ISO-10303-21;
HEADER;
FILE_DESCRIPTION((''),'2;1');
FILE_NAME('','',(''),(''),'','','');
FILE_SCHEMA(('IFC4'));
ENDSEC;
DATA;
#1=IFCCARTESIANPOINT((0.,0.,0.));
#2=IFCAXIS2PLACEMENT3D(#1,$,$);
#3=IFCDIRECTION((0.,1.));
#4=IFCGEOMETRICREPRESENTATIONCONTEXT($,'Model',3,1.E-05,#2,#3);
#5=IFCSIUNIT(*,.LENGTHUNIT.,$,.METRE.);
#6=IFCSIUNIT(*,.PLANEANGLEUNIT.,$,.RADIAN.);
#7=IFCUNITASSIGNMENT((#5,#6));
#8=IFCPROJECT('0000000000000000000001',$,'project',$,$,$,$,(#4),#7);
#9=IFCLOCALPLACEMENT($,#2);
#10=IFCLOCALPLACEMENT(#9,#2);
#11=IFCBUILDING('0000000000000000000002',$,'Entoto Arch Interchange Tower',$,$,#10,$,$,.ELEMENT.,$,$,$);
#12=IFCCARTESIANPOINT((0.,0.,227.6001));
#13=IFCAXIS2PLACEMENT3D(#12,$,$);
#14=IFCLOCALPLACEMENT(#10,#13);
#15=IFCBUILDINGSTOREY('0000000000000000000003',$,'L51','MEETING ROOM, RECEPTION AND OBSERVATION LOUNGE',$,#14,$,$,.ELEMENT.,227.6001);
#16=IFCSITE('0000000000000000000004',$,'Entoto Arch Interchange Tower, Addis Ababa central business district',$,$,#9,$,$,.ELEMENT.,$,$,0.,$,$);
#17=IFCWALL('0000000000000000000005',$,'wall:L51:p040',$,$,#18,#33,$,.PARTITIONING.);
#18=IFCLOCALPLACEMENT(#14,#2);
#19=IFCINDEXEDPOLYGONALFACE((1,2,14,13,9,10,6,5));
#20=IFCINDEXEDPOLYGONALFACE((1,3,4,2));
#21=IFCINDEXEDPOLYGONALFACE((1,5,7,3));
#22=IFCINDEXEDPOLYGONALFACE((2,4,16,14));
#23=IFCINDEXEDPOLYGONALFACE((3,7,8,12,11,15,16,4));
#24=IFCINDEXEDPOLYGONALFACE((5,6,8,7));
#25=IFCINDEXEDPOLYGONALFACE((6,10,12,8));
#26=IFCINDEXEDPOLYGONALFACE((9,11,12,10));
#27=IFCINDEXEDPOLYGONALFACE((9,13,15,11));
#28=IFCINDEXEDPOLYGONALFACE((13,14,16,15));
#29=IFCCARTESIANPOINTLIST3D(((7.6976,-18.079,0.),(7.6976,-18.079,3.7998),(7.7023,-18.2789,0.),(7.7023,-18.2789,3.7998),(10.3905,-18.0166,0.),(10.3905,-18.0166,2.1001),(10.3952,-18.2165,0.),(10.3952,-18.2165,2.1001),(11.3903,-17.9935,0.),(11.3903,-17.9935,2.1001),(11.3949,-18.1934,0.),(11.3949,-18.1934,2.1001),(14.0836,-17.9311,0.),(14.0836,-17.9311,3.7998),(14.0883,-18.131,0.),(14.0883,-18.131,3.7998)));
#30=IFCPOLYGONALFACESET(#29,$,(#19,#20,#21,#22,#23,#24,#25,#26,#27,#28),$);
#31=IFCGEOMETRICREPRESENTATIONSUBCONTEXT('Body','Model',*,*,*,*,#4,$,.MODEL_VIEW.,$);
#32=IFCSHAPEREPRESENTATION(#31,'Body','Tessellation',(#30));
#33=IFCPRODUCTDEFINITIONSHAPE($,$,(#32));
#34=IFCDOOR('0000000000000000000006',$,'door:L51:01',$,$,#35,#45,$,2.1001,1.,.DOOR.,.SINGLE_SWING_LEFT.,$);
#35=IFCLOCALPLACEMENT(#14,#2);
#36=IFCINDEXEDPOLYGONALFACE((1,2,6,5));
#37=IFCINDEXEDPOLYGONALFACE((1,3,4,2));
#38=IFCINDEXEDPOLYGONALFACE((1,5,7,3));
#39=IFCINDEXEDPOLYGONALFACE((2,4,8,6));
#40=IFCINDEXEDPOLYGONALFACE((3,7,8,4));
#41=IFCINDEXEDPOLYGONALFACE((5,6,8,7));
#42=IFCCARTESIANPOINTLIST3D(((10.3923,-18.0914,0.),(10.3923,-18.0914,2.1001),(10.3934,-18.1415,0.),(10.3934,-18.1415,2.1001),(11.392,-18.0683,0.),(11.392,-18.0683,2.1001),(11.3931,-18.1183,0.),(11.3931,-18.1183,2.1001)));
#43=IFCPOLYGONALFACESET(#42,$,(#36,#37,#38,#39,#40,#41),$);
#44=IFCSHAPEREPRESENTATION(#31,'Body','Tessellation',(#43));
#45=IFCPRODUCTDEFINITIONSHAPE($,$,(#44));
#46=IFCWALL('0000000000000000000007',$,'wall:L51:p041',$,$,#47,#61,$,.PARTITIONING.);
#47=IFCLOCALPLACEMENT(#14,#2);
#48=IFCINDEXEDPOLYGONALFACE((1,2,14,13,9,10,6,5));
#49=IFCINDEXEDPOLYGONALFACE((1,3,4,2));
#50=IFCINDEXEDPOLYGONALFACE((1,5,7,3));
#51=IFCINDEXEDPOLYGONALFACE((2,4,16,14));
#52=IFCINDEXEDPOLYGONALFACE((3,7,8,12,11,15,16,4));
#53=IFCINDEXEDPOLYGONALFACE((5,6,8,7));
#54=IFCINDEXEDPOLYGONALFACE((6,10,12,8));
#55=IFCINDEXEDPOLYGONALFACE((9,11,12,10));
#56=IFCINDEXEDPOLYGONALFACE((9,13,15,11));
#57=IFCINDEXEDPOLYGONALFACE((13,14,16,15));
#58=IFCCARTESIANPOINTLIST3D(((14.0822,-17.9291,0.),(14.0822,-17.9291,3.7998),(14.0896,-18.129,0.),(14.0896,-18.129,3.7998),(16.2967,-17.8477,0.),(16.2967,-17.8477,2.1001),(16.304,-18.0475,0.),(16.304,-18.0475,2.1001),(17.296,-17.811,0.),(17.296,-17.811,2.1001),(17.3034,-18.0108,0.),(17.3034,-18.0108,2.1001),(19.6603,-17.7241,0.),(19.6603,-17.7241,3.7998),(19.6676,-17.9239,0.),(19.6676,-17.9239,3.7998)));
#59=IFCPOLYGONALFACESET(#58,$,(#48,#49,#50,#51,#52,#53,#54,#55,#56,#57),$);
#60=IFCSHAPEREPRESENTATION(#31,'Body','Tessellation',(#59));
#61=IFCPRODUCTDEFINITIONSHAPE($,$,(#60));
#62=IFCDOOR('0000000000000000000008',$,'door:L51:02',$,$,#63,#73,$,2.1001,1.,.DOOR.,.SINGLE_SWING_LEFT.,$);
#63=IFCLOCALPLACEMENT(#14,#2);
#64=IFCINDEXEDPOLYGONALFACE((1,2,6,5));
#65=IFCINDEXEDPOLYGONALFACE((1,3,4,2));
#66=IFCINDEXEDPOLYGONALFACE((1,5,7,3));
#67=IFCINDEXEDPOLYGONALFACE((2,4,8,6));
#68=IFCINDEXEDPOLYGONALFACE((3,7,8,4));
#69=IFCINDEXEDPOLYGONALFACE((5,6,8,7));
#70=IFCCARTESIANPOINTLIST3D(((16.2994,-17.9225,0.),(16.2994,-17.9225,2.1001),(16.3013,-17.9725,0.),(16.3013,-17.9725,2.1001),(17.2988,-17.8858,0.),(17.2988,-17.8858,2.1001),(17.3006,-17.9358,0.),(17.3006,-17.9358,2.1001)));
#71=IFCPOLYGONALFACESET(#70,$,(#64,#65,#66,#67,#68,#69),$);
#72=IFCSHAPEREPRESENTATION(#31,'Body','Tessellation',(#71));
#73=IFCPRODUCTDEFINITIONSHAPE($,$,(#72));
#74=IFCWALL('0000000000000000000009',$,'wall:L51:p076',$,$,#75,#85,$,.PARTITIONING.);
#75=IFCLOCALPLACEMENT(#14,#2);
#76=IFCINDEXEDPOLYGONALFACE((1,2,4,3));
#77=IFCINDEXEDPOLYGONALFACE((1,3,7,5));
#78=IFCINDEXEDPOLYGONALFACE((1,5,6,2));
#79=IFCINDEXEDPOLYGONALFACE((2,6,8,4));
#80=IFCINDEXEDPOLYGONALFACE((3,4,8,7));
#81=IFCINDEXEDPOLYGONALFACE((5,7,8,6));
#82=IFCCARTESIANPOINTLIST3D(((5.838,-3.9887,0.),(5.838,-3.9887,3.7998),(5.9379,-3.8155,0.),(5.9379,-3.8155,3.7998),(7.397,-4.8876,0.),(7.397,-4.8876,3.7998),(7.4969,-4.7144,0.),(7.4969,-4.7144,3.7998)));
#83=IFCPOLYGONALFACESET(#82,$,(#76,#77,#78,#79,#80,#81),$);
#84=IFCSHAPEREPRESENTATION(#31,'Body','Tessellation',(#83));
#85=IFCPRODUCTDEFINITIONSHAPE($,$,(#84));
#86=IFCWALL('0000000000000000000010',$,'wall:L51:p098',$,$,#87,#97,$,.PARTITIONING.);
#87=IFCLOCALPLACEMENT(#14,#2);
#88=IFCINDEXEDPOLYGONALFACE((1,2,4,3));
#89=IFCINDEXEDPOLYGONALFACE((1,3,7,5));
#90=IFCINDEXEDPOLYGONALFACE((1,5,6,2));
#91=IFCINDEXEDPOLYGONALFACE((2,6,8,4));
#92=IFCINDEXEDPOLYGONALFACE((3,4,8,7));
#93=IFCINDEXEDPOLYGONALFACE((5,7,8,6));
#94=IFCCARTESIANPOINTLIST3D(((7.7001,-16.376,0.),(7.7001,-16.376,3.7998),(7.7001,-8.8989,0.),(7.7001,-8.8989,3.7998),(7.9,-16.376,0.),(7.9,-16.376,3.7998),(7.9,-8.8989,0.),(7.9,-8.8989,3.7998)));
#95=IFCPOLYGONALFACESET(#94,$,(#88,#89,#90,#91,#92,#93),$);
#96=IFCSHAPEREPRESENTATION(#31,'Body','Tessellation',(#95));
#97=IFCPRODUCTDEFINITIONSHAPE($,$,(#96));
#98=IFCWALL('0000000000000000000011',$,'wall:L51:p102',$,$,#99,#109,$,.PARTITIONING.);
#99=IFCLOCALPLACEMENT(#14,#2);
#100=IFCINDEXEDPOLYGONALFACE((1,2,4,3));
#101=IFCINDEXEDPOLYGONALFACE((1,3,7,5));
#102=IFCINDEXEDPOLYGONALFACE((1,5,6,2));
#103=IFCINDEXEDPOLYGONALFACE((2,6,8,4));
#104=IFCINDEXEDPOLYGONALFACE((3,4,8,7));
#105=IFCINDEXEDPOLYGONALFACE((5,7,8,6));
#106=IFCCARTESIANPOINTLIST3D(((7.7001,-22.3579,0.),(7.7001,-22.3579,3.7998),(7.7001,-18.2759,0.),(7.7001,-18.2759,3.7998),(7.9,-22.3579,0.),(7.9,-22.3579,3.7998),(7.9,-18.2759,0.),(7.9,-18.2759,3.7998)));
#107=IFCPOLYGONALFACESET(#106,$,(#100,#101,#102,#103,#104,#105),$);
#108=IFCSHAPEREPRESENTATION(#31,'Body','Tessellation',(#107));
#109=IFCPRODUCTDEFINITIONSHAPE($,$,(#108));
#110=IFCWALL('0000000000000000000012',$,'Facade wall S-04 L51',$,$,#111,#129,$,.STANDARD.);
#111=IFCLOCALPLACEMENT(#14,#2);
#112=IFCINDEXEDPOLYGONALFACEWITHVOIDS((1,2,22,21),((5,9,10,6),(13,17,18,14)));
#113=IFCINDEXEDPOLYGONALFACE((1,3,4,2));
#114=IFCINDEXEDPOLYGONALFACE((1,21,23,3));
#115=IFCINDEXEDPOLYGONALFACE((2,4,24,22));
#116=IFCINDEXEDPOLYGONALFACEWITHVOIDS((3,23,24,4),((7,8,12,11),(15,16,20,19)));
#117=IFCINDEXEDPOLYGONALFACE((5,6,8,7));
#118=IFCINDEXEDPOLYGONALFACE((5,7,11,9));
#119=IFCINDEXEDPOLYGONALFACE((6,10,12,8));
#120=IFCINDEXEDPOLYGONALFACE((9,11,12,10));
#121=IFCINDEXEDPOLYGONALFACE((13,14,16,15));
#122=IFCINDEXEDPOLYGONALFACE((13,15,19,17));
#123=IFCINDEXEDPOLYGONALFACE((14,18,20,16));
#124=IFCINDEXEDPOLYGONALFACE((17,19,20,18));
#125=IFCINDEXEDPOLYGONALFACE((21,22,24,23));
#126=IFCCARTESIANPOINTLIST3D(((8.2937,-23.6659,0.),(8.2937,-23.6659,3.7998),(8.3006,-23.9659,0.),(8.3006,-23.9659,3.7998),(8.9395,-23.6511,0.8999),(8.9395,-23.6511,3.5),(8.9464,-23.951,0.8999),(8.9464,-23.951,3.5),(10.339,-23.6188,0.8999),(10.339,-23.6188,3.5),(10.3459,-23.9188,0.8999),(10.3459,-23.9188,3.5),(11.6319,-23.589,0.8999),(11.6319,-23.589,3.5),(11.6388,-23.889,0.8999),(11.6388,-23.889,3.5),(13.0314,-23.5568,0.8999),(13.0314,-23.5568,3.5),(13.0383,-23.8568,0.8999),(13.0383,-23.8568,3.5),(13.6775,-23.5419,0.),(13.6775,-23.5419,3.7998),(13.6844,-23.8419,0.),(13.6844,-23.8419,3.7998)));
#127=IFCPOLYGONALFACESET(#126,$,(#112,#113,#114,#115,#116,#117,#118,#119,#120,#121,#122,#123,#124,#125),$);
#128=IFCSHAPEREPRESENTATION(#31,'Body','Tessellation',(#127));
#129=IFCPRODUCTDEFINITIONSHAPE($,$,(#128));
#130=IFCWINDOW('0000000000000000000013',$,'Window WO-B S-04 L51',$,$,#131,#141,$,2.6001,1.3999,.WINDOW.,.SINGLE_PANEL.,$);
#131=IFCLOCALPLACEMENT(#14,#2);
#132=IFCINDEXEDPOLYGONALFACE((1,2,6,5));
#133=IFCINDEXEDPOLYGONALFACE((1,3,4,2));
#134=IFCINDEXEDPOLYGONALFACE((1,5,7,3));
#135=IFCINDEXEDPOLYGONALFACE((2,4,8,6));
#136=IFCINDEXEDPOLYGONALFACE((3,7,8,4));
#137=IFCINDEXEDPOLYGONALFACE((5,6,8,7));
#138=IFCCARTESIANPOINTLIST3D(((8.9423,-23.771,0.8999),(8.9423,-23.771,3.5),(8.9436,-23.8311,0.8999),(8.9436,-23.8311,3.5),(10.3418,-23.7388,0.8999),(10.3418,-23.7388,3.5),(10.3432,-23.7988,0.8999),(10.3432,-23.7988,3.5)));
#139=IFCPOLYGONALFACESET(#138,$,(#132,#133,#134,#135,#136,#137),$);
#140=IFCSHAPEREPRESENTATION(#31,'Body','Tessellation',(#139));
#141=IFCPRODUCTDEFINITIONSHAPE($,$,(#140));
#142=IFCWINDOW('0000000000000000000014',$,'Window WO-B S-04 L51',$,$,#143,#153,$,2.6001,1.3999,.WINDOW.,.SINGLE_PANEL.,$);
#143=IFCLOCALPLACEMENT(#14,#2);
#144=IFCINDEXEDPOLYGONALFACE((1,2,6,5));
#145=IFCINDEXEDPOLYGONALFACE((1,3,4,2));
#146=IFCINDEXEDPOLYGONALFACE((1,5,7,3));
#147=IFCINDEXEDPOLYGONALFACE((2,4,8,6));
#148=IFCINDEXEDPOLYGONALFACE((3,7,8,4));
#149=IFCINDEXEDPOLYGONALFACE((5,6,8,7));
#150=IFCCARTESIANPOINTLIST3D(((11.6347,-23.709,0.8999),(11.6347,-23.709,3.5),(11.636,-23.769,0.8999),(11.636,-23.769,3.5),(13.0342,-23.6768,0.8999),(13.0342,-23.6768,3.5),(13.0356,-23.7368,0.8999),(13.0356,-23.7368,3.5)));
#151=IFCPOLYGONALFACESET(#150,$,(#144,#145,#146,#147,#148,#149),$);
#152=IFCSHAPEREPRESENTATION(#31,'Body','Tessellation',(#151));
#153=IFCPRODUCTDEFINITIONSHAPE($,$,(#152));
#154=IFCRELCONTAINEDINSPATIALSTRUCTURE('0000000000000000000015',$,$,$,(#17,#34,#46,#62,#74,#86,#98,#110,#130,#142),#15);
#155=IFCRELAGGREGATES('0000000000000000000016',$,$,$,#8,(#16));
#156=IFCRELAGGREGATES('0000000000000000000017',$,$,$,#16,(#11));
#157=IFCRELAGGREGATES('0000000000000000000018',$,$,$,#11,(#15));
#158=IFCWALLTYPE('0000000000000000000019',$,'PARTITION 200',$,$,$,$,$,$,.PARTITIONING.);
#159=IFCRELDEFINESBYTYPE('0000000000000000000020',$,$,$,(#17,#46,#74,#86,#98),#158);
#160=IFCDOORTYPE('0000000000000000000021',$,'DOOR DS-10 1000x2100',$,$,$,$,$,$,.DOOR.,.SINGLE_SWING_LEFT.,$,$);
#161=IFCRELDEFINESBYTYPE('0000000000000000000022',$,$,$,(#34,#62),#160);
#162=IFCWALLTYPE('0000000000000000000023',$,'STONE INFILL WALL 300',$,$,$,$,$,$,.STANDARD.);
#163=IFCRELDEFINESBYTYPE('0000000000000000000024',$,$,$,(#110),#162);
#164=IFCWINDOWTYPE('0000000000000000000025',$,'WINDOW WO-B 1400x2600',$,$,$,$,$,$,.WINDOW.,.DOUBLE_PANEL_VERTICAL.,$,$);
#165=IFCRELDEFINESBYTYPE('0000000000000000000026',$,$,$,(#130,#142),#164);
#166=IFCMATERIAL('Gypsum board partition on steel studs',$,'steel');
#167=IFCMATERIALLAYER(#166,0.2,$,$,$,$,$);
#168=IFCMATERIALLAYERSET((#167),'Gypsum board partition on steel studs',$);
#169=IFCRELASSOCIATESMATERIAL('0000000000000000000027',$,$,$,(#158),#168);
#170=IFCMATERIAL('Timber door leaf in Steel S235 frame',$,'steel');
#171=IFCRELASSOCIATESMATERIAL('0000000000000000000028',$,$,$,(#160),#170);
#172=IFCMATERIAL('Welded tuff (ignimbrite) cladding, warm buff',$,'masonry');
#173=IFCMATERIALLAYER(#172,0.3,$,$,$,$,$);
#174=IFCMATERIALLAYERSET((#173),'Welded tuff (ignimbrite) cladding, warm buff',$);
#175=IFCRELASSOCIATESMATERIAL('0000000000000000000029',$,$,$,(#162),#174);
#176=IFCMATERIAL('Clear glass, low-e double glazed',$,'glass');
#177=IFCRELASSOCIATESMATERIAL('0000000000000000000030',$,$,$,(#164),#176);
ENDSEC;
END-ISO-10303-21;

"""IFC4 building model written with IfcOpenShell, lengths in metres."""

from ifc_helpers import new_model, si_unit, direction, frame, frame_2d, origin, place, context, subcontext, project, spatial, rectangle, extrude, material, layer, layer_set, type_object, element, fill, save


model = new_model("IFC4")

# Units and contexts
model_context = context("Model", 3, precision=1e-05, world=origin(), true_north=direction((0.0, 1.0)))
body_context = subcontext(model_context, "Body", "Model", "MODEL_VIEW")
ifc_project = project(units=[si_unit("LENGTHUNIT", "METRE"), si_unit("PLANEANGLEUNIT", "RADIAN")], contexts=[model_context])

# Site, building, storey
site_placement = place(None, origin())
site = spatial("IfcSite", under=ifc_project, at=site_placement, Name="Entoto Arch Interchange Tower, Addis Ababa central business district", CompositionType="ELEMENT", RefElevation=0.0)
building_placement = place(site_placement, origin())
building = spatial("IfcBuilding", under=site, at=building_placement, Name="Entoto Arch Interchange Tower", CompositionType="ELEMENT")
storey_placement = place(building_placement, frame((0.0, 0.0, 227.6001)))
storey = spatial("IfcBuildingStorey", under=building, at=storey_placement, Name="L51", Description="MEETING ROOM, RECEPTION AND OBSERVATION LOUNGE", CompositionType="ELEMENT", Elevation=227.6001)

# Shared definitions
ifc_material_1 = material(Name="Gypsum board partition on steel studs", Category="steel")
ifc_layer_1 = layer(ifc_material_1, 0.2)
ifc_layer_set_1 = layer_set([ifc_layer_1], Name="Gypsum board partition on steel studs")
wall_type_1 = type_object("IfcWallType", Name="PARTITION 200", PredefinedType="PARTITIONING", material=ifc_layer_set_1)

# Walls, openings, doors
ifc_material_2 = material(Name="Timber door leaf in Steel S235 frame", Category="steel")
wall_1_placement = place(storey_placement, frame((14.0859, -18.031, 0.0), z_axis=(0.0, 0.0, 1.0), x_axis=(-0.999732, -0.023162, 0.0)))
wall_1 = element("IfcWall", 1, at=wall_1_placement, inside=storey, type_object=wall_type_1, Name="wall:L51:p040", PredefinedType="PARTITIONING", context=body_context, shape_type="SweptSolid", body=[
    extrude(rectangle(XDim=6.3877, YDim=0.2, at=frame_2d((3.1938, 0.0))), origin(), (0.0, 0.0, 1.0), 3.7998),
])
opening_1_placement = place(wall_1_placement, frame((2.6941, 0.0, 0.0)))
opening_1 = element("IfcOpeningElement", 2, at=opening_1_placement, cuts=wall_1, PredefinedType="OPENING", context=body_context, shape_type="SweptSolid", body=[
    extrude(rectangle(XDim=1.0, YDim=2.1001, at=frame_2d((0.5, 1.05))), frame((0.0, 0.1099, 0.0), z_axis=(0.0, -1.0, 0.0), x_axis=(1.0, 0.0, 0.0)), (0.0, 0.0, 1.0), 0.22),
])
door_type_1 = type_object("IfcDoorType", Name="DOOR DS-10 1000x2100", OperationType="SINGLE_SWING_LEFT", PredefinedType="DOOR", material=ifc_material_2)
door_1_placement = place(opening_1_placement, origin())
door_1 = element("IfcDoor", 3, at=door_1_placement, inside=storey, type_object=door_type_1, Name="door:L51:01", OperationType="SINGLE_SWING_LEFT", OverallHeight=2.1001, OverallWidth=1.0, PredefinedType="DOOR", context=body_context, shape_type="SweptSolid", body=[
    extrude(rectangle(XDim=1.0, YDim=2.1001, at=frame_2d((0.5, 1.05))), frame((0.0, 0.0249, 0.0), z_axis=(0.0, -1.0, 0.0), x_axis=(1.0, 0.0, 0.0)), (0.0, 0.0, 1.0), 0.05),
])
fill(opening_1, door_1)
wall_2_placement = place(storey_placement, frame((19.6641, -17.824, 0.0), z_axis=(0.0, 0.0, 1.0), x_axis=(-0.999325, -0.03674, 0.0)))
wall_2 = element("IfcWall", 4, at=wall_2_placement, inside=storey, type_object=wall_type_1, Name="wall:L51:p041", PredefinedType="PARTITIONING", context=body_context, shape_type="SweptSolid", body=[
    extrude(rectangle(XDim=5.5818, YDim=0.2, at=frame_2d((2.791, 0.0))), origin(), (0.0, 0.0, 1.0), 3.7998),
])
opening_2_placement = place(wall_2_placement, frame((2.366, 0.0, 0.0)))
opening_2 = element("IfcOpeningElement", 5, at=opening_2_placement, cuts=wall_2, PredefinedType="OPENING", context=body_context, shape_type="SweptSolid", body=[
    extrude(rectangle(XDim=1.0, YDim=2.1001, at=frame_2d((0.5, 1.05))), frame((0.0, 0.1099, 0.0), z_axis=(0.0, -1.0, 0.0), x_axis=(1.0, 0.0, 0.0)), (0.0, 0.0, 1.0), 0.22),
])
door_2_placement = place(opening_2_placement, origin())
door_2 = element("IfcDoor", 6, at=door_2_placement, inside=storey, type_object=door_type_1, Name="door:L51:02", OperationType="SINGLE_SWING_LEFT", OverallHeight=2.1001, OverallWidth=1.0, PredefinedType="DOOR", context=body_context, shape_type="SweptSolid", body=[
    extrude(rectangle(XDim=1.0, YDim=2.1001, at=frame_2d((0.5, 1.05))), frame((0.0, 0.0249, 0.0), z_axis=(0.0, -1.0, 0.0), x_axis=(1.0, 0.0, 0.0)), (0.0, 0.0, 1.0), 0.05),
])
fill(opening_2, door_2)

# Walls
wall_3_placement = place(storey_placement, frame((7.447, -4.801, 0.0), z_axis=(0.0, 0.0, 1.0), x_axis=(-0.866317, 0.499495, 0.0)))
element("IfcWall", 7, at=wall_3_placement, inside=storey, type_object=wall_type_1, Name="wall:L51:p076", PredefinedType="PARTITIONING", context=body_context, shape_type="SweptSolid", body=[
    extrude(rectangle(XDim=1.7996, YDim=0.2, at=frame_2d((0.8999, 0.0))), origin(), (0.0, 0.0, 1.0), 3.7998),
])
wall_4_placement = place(storey_placement, frame((7.8, -8.8989, 0.0), z_axis=(0.0, 0.0, 1.0), x_axis=(0.0, -1.0, 0.0)))
element("IfcWall", 8, at=wall_4_placement, inside=storey, type_object=wall_type_1, Name="wall:L51:p098", PredefinedType="PARTITIONING", context=body_context, shape_type="SweptSolid", body=[
    extrude(rectangle(XDim=7.4771, YDim=0.2, at=frame_2d((3.7385, 0.0))), origin(), (0.0, 0.0, 1.0), 3.7998),
])
wall_5_placement = place(storey_placement, frame((7.8, -18.2759, 0.0), z_axis=(0.0, 0.0, 1.0), x_axis=(0.0, -1.0, 0.0)))
element("IfcWall", 9, at=wall_5_placement, inside=storey, type_object=wall_type_1, Name="wall:L51:p102", PredefinedType="PARTITIONING", context=body_context, shape_type="SweptSolid", body=[
    extrude(rectangle(XDim=4.082, YDim=0.2, at=frame_2d((2.041, 0.0))), origin(), (0.0, 0.0, 1.0), 3.7998),
])

# Wall, openings, windows
ifc_material_3 = material(Name="Welded tuff (ignimbrite) cladding, warm buff", Category="masonry")
ifc_layer_2 = layer(ifc_material_3, 0.3)
ifc_layer_set_2 = layer_set([ifc_layer_2], Name="Welded tuff (ignimbrite) cladding, warm buff")
wall_type_2 = type_object("IfcWallType", Name="STONE INFILL WALL 300", PredefinedType="STANDARD", material=ifc_layer_set_2)
wall_6_placement = place(storey_placement, frame((8.2971, -23.8159, 0.0), z_axis=(0.0, 0.0, 1.0), x_axis=(0.999735, 0.02303, 0.0)))
wall_6 = element("IfcWall", 10, at=wall_6_placement, inside=storey, type_object=wall_type_2, Name="Facade wall S-04 L51", PredefinedType="STANDARD", context=body_context, shape_type="SweptSolid", body=[
    extrude(rectangle(XDim=5.3853, YDim=0.3, at=frame_2d((2.6926, 0.0))), origin(), (0.0, 0.0, 1.0), 3.7998),
])
opening_3_placement = place(wall_6_placement, frame((0.646, 0.0, 0.8999)))
opening_3 = element("IfcOpeningElement", 11, at=opening_3_placement, cuts=wall_6, PredefinedType="OPENING", context=body_context, shape_type="SweptSolid", body=[
    extrude(rectangle(XDim=1.3999, YDim=2.6001, at=frame_2d((0.7, 1.3))), frame((0.0, 0.1602, 0.0), z_axis=(0.0, -1.0, 0.0), x_axis=(1.0, 0.0, 0.0)), (0.0, 0.0, 1.0), 0.3201),
])
opening_4_placement = place(wall_6_placement, frame((3.3391, 0.0, 0.8999)))
opening_4 = element("IfcOpeningElement", 12, at=opening_4_placement, cuts=wall_6, PredefinedType="OPENING", context=body_context, shape_type="SweptSolid", body=[
    extrude(rectangle(XDim=1.3999, YDim=2.6001, at=frame_2d((0.7, 1.3))), frame((0.0, 0.1602, 0.0), z_axis=(0.0, -1.0, 0.0), x_axis=(1.0, 0.0, 0.0)), (0.0, 0.0, 1.0), 0.3201),
])
ifc_material_4 = material(Name="Clear glass, low-e double glazed", Category="glass")
window_type = type_object("IfcWindowType", Name="WINDOW WO-B 1400x2600", PartitioningType="DOUBLE_PANEL_VERTICAL", PredefinedType="WINDOW", material=ifc_material_4)
window_1_placement = place(opening_3_placement, origin())
window_1 = element("IfcWindow", 13, at=window_1_placement, inside=storey, type_object=window_type, Name="Window WO-B S-04 L51", OverallHeight=2.6001, OverallWidth=1.3999, PartitioningType="SINGLE_PANEL", PredefinedType="WINDOW", context=body_context, shape_type="SweptSolid", body=[
    extrude(rectangle(XDim=1.3999, YDim=2.6001, at=frame_2d((0.7, 1.3))), frame((0.0, 0.03, 0.0), z_axis=(0.0, -1.0, 0.0), x_axis=(1.0, 0.0, 0.0)), (0.0, 0.0, 1.0), 0.0601),
])
fill(opening_3, window_1)
window_2_placement = place(opening_4_placement, origin())
window_2 = element("IfcWindow", 14, at=window_2_placement, inside=storey, type_object=window_type, Name="Window WO-B S-04 L51", OverallHeight=2.6001, OverallWidth=1.3999, PartitioningType="SINGLE_PANEL", PredefinedType="WINDOW", context=body_context, shape_type="SweptSolid", body=[
    extrude(rectangle(XDim=1.3999, YDim=2.6001, at=frame_2d((0.7, 1.3))), frame((0.0, 0.03, 0.0), z_axis=(0.0, -1.0, 0.0), x_axis=(1.0, 0.0, 0.0)), (0.0, 0.0, 1.0), 0.0601),
])
fill(opening_4, window_2)

save(model, "model.ifc")
